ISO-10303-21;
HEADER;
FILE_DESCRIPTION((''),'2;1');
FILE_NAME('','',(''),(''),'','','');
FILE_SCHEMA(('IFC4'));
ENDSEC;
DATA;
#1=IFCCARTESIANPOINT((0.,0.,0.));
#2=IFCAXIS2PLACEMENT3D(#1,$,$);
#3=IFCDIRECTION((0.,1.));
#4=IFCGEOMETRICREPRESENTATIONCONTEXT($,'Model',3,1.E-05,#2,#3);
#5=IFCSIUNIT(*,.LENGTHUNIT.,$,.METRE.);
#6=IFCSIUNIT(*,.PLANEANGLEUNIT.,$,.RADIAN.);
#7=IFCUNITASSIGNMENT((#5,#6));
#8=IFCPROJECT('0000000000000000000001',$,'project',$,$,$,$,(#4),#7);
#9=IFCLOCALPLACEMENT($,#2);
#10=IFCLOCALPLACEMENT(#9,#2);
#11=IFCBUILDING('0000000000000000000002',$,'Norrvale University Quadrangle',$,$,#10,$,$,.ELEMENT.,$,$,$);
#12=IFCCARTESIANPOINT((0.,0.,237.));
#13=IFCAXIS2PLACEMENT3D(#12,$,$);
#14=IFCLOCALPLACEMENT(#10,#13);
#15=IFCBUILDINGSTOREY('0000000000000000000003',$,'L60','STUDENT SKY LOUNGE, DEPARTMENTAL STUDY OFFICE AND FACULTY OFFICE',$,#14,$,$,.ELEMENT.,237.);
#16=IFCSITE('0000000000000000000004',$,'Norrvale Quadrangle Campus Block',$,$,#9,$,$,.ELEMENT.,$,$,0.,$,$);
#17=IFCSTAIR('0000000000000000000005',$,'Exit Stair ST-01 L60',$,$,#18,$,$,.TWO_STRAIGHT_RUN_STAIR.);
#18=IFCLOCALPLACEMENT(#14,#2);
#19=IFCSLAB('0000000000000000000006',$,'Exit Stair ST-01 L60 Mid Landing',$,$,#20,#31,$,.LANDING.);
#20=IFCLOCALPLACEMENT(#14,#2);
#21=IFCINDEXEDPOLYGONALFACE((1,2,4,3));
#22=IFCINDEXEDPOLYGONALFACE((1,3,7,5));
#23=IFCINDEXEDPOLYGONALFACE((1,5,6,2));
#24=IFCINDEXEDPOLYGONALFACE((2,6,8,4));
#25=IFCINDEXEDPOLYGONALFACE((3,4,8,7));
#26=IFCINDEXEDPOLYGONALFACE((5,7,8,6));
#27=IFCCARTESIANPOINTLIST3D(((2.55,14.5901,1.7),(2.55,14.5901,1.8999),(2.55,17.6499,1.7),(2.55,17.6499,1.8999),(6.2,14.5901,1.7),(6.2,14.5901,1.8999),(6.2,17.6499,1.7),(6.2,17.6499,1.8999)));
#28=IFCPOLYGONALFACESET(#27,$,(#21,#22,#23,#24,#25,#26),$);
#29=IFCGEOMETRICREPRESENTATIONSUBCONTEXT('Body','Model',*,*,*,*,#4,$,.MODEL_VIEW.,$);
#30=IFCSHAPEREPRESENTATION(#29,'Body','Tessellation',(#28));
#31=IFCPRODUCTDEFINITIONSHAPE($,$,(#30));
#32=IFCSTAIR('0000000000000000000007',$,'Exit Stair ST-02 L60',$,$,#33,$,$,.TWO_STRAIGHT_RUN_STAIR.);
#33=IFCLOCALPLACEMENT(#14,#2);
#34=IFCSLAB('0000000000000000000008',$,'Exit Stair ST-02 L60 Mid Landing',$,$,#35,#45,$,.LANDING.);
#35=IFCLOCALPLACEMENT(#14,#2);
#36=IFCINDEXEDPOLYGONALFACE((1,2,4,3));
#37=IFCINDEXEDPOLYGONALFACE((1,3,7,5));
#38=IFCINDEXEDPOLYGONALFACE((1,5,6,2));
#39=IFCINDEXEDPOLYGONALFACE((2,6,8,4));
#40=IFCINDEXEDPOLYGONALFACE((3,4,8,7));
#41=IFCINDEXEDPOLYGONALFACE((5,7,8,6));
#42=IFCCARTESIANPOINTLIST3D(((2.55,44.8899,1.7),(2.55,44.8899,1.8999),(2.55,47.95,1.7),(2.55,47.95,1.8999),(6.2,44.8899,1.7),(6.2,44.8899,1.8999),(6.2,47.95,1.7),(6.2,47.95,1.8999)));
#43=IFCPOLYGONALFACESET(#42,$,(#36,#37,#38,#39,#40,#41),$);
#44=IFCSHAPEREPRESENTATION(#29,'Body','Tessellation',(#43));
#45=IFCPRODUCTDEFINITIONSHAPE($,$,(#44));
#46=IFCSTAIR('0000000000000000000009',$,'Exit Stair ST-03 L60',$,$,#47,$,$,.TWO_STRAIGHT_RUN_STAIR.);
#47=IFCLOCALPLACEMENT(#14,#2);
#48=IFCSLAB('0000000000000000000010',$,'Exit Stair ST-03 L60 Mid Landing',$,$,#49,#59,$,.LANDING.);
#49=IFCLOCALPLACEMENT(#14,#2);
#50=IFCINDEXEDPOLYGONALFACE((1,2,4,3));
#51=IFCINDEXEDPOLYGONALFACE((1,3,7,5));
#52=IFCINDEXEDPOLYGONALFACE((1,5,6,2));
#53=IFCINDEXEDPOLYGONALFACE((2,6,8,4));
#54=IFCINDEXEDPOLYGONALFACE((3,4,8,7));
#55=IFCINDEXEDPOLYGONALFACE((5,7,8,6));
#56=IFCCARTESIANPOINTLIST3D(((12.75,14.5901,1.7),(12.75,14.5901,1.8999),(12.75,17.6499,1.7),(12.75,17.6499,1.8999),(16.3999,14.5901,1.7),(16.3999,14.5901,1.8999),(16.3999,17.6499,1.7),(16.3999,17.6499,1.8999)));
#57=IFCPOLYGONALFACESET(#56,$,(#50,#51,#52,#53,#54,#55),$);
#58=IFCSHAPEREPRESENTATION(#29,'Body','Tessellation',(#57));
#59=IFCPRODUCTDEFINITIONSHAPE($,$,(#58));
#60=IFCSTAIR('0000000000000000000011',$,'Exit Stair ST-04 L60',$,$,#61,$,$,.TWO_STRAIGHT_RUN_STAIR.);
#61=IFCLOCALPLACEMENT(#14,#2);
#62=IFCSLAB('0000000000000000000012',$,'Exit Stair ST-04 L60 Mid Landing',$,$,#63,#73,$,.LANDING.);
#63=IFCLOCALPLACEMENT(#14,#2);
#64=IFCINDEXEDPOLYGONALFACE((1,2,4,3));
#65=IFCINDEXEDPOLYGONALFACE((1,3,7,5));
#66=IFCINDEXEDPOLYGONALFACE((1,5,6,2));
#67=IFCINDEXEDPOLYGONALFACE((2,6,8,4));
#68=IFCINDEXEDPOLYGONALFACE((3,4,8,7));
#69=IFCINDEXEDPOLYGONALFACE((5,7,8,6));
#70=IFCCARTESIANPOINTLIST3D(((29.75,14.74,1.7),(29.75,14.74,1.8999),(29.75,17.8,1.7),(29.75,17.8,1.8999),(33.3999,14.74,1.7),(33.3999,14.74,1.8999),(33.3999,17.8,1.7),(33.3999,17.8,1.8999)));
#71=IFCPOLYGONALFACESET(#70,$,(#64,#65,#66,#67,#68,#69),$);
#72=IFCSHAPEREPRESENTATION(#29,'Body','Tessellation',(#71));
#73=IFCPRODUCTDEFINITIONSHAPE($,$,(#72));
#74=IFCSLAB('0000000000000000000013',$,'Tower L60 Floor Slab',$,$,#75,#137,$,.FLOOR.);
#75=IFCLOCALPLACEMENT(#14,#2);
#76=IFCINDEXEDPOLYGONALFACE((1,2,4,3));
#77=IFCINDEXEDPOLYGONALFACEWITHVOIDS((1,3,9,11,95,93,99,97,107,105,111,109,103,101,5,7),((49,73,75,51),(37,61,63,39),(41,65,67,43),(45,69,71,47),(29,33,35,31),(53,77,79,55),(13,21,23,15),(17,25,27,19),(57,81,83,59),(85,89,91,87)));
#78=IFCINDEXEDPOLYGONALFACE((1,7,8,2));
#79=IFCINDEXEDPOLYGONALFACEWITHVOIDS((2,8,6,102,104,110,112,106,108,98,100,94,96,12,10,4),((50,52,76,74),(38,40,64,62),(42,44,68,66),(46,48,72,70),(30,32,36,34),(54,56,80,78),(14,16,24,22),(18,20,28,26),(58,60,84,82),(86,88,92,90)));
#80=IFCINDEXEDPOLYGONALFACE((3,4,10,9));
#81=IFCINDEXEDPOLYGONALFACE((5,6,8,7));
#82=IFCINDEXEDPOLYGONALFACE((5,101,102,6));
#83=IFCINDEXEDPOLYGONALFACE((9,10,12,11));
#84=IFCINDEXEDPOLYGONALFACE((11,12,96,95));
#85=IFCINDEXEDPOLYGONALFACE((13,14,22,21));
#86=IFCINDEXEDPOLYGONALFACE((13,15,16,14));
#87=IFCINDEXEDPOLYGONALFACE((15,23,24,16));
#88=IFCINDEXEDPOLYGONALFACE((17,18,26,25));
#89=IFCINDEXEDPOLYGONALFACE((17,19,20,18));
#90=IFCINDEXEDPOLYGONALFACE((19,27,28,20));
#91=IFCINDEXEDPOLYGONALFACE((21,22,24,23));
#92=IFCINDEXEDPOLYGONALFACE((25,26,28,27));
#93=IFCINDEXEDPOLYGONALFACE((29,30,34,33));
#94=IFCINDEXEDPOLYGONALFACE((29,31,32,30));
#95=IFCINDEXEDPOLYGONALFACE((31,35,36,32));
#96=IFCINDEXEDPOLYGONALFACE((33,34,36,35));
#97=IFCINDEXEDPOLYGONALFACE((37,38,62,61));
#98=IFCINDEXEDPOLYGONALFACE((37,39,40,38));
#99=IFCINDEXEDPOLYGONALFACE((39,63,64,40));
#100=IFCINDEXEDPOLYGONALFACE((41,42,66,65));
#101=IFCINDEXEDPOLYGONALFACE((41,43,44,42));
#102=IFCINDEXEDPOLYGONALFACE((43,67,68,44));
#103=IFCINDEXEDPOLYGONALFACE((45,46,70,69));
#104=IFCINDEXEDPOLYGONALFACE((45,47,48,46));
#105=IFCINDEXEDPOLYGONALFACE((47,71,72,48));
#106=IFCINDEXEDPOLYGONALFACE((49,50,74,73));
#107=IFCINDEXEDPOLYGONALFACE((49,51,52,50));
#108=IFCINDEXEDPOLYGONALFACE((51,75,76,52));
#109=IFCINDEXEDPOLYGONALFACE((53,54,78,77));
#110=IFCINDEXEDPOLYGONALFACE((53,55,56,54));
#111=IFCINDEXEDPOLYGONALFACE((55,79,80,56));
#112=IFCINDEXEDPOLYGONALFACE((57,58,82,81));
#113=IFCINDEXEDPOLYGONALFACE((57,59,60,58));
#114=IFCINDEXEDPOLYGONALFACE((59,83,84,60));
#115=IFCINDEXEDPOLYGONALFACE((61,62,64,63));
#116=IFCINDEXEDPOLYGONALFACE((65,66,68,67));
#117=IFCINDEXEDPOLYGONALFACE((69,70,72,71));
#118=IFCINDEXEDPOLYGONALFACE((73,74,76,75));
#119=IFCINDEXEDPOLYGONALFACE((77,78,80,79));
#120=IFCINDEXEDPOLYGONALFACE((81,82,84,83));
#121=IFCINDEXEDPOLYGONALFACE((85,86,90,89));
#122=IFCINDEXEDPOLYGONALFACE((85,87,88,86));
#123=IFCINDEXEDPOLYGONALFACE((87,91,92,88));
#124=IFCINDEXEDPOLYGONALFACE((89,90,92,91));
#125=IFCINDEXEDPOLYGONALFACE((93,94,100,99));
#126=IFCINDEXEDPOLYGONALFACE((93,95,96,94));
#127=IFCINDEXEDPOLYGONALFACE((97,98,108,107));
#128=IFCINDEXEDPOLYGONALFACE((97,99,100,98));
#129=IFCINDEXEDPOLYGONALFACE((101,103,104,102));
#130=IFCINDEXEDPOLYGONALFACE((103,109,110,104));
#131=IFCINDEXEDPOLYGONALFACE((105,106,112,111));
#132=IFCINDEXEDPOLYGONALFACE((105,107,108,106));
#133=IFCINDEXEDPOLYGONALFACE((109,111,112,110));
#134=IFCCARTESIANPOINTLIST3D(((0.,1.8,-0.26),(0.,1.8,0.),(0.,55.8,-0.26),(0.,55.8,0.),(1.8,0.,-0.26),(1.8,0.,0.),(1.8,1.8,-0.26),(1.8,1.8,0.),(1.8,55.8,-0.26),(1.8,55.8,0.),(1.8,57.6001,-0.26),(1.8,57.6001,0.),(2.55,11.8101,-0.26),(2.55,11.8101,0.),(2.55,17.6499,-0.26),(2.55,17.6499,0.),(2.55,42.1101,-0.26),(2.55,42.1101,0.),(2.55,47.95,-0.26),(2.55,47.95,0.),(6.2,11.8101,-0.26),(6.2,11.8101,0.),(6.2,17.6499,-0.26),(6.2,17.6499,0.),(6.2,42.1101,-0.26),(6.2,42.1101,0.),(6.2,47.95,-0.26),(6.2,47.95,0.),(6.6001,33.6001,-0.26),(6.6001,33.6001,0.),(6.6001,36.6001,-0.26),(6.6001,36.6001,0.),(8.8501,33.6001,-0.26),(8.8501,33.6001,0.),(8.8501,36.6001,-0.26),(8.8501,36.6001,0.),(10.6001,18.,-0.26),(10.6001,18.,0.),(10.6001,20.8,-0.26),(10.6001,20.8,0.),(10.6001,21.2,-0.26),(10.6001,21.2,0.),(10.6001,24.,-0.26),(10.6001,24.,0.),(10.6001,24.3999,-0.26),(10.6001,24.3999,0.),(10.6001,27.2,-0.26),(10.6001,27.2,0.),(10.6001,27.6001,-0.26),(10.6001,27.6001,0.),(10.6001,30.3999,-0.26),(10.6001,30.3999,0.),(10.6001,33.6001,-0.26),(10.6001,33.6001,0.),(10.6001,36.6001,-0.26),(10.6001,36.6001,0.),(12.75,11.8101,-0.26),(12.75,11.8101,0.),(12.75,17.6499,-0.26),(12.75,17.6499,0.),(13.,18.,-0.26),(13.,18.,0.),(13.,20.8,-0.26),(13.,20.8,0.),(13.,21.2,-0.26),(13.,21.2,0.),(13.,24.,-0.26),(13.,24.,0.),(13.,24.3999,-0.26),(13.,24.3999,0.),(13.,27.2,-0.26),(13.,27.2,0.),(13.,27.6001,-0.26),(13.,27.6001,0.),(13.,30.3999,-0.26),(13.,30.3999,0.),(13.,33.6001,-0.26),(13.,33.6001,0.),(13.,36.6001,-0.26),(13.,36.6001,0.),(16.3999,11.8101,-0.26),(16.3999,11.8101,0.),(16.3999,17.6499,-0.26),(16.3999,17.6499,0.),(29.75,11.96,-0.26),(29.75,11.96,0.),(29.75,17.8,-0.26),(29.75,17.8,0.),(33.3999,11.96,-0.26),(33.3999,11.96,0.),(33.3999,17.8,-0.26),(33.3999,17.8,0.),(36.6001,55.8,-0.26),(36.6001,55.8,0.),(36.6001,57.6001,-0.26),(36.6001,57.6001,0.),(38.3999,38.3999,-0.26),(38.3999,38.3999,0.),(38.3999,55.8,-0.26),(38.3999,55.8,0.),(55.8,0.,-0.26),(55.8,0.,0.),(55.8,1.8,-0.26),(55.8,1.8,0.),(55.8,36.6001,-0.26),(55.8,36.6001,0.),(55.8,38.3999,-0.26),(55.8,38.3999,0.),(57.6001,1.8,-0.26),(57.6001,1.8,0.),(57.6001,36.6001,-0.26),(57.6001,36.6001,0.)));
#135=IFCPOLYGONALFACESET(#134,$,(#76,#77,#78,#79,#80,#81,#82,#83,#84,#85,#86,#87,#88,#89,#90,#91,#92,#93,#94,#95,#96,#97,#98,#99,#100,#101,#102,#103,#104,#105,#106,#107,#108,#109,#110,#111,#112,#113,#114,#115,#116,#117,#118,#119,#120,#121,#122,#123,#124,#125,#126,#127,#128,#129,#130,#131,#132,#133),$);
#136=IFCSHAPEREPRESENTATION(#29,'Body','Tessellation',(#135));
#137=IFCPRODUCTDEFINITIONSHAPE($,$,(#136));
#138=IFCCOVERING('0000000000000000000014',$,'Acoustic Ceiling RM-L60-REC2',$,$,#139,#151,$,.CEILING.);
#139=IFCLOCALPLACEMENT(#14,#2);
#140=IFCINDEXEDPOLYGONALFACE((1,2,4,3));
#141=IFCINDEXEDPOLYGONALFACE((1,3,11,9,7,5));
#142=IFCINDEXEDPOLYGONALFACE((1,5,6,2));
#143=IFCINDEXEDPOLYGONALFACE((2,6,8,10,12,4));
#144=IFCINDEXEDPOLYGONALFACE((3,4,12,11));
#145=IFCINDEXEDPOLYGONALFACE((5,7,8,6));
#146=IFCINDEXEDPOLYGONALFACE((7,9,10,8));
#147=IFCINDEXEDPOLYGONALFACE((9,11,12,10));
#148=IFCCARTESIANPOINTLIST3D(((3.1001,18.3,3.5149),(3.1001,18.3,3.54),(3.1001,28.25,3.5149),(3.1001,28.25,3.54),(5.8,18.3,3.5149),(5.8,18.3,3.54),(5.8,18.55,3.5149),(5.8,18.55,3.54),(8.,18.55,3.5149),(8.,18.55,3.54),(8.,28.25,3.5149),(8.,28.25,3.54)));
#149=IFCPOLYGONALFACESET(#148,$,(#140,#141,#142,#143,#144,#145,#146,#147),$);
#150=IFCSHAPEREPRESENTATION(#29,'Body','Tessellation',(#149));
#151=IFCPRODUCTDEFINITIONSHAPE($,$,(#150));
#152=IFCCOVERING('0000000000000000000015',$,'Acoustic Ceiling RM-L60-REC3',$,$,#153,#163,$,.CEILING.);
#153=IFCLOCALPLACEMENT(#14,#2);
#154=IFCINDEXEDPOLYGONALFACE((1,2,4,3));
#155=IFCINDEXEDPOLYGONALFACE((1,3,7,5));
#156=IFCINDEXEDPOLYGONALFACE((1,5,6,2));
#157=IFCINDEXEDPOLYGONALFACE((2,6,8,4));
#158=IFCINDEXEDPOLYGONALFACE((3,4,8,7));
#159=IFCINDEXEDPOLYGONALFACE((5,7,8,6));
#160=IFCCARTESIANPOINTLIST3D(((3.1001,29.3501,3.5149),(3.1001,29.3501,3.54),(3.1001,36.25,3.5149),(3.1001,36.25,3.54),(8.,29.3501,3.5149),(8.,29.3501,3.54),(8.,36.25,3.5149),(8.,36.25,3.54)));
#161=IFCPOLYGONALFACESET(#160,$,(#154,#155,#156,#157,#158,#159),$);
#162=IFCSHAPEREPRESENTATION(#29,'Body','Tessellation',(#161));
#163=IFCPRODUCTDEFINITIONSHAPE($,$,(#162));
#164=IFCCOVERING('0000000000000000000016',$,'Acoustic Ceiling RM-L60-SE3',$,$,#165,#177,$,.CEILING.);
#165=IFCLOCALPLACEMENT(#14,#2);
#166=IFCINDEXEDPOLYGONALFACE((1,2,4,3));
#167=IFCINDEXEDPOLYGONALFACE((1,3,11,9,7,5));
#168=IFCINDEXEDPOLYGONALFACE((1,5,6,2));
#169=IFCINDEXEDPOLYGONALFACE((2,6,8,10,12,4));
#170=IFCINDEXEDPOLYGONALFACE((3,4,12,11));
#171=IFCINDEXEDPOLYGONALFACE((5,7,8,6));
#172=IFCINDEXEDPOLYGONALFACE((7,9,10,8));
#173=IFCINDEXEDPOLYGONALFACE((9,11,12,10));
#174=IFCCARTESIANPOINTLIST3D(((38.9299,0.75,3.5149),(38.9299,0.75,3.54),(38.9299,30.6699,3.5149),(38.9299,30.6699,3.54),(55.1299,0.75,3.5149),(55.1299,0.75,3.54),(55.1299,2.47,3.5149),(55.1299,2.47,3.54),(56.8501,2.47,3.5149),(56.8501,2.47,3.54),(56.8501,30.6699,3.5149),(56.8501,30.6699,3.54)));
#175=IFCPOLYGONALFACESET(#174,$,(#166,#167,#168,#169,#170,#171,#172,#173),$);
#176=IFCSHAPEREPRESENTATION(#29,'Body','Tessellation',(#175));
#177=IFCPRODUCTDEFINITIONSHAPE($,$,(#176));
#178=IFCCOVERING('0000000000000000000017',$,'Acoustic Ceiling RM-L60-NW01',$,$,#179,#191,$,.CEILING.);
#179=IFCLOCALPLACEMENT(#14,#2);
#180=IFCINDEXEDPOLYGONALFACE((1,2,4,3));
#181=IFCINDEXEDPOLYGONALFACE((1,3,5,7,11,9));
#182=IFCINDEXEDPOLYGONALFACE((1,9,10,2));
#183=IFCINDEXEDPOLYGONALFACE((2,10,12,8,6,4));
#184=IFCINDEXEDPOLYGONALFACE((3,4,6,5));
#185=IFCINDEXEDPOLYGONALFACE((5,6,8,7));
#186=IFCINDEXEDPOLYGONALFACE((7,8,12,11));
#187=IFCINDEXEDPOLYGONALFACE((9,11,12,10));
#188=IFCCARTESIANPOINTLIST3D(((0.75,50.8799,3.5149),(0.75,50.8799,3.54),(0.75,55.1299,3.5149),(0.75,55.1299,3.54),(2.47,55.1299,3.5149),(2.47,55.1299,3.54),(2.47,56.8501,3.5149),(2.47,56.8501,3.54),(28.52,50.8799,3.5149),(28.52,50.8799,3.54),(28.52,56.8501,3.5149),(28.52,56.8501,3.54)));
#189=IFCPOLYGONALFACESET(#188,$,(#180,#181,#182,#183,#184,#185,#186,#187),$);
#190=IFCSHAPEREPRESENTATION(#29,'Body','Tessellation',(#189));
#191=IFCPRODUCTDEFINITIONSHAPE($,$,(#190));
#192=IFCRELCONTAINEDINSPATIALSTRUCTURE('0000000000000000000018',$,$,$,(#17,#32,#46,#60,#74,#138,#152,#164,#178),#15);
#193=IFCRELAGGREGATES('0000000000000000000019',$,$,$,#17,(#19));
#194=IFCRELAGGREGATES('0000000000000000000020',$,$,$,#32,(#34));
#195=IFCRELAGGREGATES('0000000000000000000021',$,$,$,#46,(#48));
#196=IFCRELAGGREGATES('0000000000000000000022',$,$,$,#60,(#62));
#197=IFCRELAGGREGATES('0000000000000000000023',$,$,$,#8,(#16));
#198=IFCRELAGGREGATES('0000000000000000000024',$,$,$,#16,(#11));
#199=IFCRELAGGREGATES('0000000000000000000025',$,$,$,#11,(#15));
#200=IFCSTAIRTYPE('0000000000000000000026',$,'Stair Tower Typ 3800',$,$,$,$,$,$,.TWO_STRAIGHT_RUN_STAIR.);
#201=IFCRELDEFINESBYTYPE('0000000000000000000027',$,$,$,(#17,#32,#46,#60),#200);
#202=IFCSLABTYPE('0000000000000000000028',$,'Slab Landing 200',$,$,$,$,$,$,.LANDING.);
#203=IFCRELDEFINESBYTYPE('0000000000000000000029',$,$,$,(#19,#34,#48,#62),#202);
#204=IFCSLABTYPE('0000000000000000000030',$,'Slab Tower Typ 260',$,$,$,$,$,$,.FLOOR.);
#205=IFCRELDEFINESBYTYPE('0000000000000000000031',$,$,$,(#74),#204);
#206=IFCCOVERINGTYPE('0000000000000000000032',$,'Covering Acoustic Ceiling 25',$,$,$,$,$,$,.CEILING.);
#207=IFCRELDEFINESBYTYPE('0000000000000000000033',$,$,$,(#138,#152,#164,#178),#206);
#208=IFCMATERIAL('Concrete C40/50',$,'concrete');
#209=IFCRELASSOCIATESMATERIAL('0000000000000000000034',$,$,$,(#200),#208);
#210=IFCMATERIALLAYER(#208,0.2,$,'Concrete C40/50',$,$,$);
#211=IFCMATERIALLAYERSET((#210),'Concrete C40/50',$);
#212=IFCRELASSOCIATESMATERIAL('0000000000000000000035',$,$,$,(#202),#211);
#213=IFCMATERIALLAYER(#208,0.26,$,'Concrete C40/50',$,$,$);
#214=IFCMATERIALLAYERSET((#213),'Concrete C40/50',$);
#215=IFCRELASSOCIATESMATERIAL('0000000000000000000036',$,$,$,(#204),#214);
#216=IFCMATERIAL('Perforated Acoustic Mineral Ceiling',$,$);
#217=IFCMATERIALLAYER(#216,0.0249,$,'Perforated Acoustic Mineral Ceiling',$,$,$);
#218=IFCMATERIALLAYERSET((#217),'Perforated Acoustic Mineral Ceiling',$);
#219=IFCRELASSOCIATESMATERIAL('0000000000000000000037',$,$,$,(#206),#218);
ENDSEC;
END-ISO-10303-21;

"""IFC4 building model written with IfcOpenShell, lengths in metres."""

from ifc_helpers import new_model, si_unit, direction, frame, origin, place, context, subcontext, project, spatial, polyline, outline, extrude, material, layer, layer_set, type_object, element, aggregate, save


model = new_model("IFC4")

# Units and contexts
model_context = context("Model", 3, precision=1e-05, world=origin(), true_north=direction((0.0, 1.0)))
body_context = subcontext(model_context, "Body", "Model", "MODEL_VIEW")
ifc_project = project(units=[si_unit("LENGTHUNIT", "METRE"), si_unit("PLANEANGLEUNIT", "RADIAN")], contexts=[model_context])

# Site, building, storey
site_placement = place(None, origin())
site = spatial("IfcSite", under=ifc_project, at=site_placement, Name="Norrvale Quadrangle Campus Block", CompositionType="ELEMENT", RefElevation=0.0)
building_placement = place(site_placement, origin())
building = spatial("IfcBuilding", under=site, at=building_placement, Name="Norrvale University Quadrangle", CompositionType="ELEMENT")
storey_placement = place(building_placement, frame((0.0, 0.0, 237.0)))
storey = spatial("IfcBuildingStorey", under=building, at=storey_placement, Name="L60", Description="STUDENT SKY LOUNGE, DEPARTMENTAL STUDY OFFICE AND FACULTY OFFICE", CompositionType="ELEMENT", Elevation=237.0)

# Stairs, slabs
ifc_material_1 = material(Name="Concrete C40/50", Category="concrete")
stair_type = type_object("IfcStairType", Name="Stair Tower Typ 3800", PredefinedType="TWO_STRAIGHT_RUN_STAIR", material=ifc_material_1)
stair_1_placement = place(storey_placement, origin())
stair_1 = element("IfcStair", 1, at=stair_1_placement, inside=storey, type_object=stair_type, Name="Exit Stair ST-01 L60", PredefinedType="TWO_STRAIGHT_RUN_STAIR")
ifc_layer_1 = layer(ifc_material_1, 0.2, Name="Concrete C40/50")
ifc_layer_set_1 = layer_set([ifc_layer_1], Name="Concrete C40/50")
slab_type_1 = type_object("IfcSlabType", Name="Slab Landing 200", PredefinedType="LANDING", material=ifc_layer_set_1)
slab_1_placement = place(storey_placement, frame((0.0, 0.0, 1.7)))
slab_1 = element("IfcSlab", 2, at=slab_1_placement, type_object=slab_type_1, Name="Exit Stair ST-01 L60 Mid Landing", PredefinedType="LANDING", context=body_context, shape_type="SweptSolid", body=[
    extrude(outline(polyline([(2.55, 14.5901), (6.2, 14.5901), (6.2, 17.6499), (2.55, 17.6499), (2.55, 14.5901)])), origin(), (0.0, 0.0, 1.0), 0.2),
])
aggregate(stair_1, [slab_1])
stair_2_placement = place(storey_placement, origin())
stair_2 = element("IfcStair", 3, at=stair_2_placement, inside=storey, type_object=stair_type, Name="Exit Stair ST-02 L60", PredefinedType="TWO_STRAIGHT_RUN_STAIR")
slab_2_placement = place(storey_placement, frame((0.0, 0.0, 1.7)))
slab_2 = element("IfcSlab", 4, at=slab_2_placement, type_object=slab_type_1, Name="Exit Stair ST-02 L60 Mid Landing", PredefinedType="LANDING", context=body_context, shape_type="SweptSolid", body=[
    extrude(outline(polyline([(2.55, 44.8899), (6.2, 44.8899), (6.2, 47.95), (2.55, 47.95), (2.55, 44.8899)])), origin(), (0.0, 0.0, 1.0), 0.2),
])
aggregate(stair_2, [slab_2])
stair_3_placement = place(storey_placement, origin())
stair_3 = element("IfcStair", 5, at=stair_3_placement, inside=storey, type_object=stair_type, Name="Exit Stair ST-03 L60", PredefinedType="TWO_STRAIGHT_RUN_STAIR")
slab_3_placement = place(storey_placement, frame((0.0, 0.0, 1.7)))
slab_3 = element("IfcSlab", 6, at=slab_3_placement, type_object=slab_type_1, Name="Exit Stair ST-03 L60 Mid Landing", PredefinedType="LANDING", context=body_context, shape_type="SweptSolid", body=[
    extrude(outline(polyline([(12.75, 14.5901), (16.3999, 14.5901), (16.3999, 17.6499), (12.75, 17.6499), (12.75, 14.5901)])), origin(), (0.0, 0.0, 1.0), 0.2),
])
aggregate(stair_3, [slab_3])
stair_4_placement = place(storey_placement, origin())
stair_4 = element("IfcStair", 7, at=stair_4_placement, inside=storey, type_object=stair_type, Name="Exit Stair ST-04 L60", PredefinedType="TWO_STRAIGHT_RUN_STAIR")
slab_4_placement = place(storey_placement, frame((0.0, 0.0, 1.7)))
slab_4 = element("IfcSlab", 8, at=slab_4_placement, type_object=slab_type_1, Name="Exit Stair ST-04 L60 Mid Landing", PredefinedType="LANDING", context=body_context, shape_type="SweptSolid", body=[
    extrude(outline(polyline([(29.75, 14.74), (33.3999, 14.74), (33.3999, 17.8), (29.75, 17.8), (29.75, 14.74)])), origin(), (0.0, 0.0, 1.0), 0.2),
])
aggregate(stair_4, [slab_4])

# Slab
ifc_layer_2 = layer(ifc_material_1, 0.26, Name="Concrete C40/50")
ifc_layer_set_2 = layer_set([ifc_layer_2], Name="Concrete C40/50")
slab_type_2 = type_object("IfcSlabType", Name="Slab Tower Typ 260", PredefinedType="FLOOR", material=ifc_layer_set_2)
slab_5_placement = place(storey_placement, frame((0.0, 0.0, -0.26)))
element("IfcSlab", 9, at=slab_5_placement, inside=storey, type_object=slab_type_2, Name="Tower L60 Floor Slab", PredefinedType="FLOOR", context=body_context, shape_type="SweptSolid", body=[
    extrude(outline(polyline([(1.8, 0.0), (55.8, 0.0), (55.8, 1.8), (57.6001, 1.8), (57.6001, 36.6001), (55.8, 36.6001), (55.8, 38.3999), (38.3999, 38.3999), (38.3999, 55.8), (36.6001, 55.8), (36.6001, 57.6001), (1.8, 57.6001), (1.8, 55.8), (0.0, 55.8), (0.0, 1.8), (1.8, 1.8), (1.8, 0.0)]), holes=[polyline([(2.55, 11.8101), (6.2, 11.8101), (6.2, 17.6499), (2.55, 17.6499), (2.55, 11.8101)]), polyline([(2.55, 42.1101), (6.2, 42.1101), (6.2, 47.95), (2.55, 47.95), (2.55, 42.1101)]), polyline([(12.75, 11.8101), (16.3999, 11.8101), (16.3999, 17.6499), (12.75, 17.6499), (12.75, 11.8101)]), polyline([(29.75, 11.96), (33.3999, 11.96), (33.3999, 17.8), (29.75, 17.8), (29.75, 11.96)]), polyline([(10.6001, 18.0), (13.0, 18.0), (13.0, 20.8), (10.6001, 20.8), (10.6001, 18.0)]), polyline([(10.6001, 21.2), (13.0, 21.2), (13.0, 24.0), (10.6001, 24.0), (10.6001, 21.2)]), polyline([(10.6001, 24.3999), (13.0, 24.3999), (13.0, 27.2), (10.6001, 27.2), (10.6001, 24.3999)]), polyline([(10.6001, 27.6001), (13.0, 27.6001), (13.0, 30.3999), (10.6001, 30.3999), (10.6001, 27.6001)]), polyline([(6.6001, 33.6001), (8.8501, 33.6001), (8.8501, 36.6001), (6.6001, 36.6001), (6.6001, 33.6001)]), polyline([(10.6001, 33.6001), (13.0, 33.6001), (13.0, 36.6001), (10.6001, 36.6001), (10.6001, 33.6001)])]), origin(), (0.0, 0.0, 1.0), 0.26),
])

# Coverings
ifc_material_2 = material(Name="Perforated Acoustic Mineral Ceiling")
ifc_layer_3 = layer(ifc_material_2, 0.0249, Name="Perforated Acoustic Mineral Ceiling")
ifc_layer_set_3 = layer_set([ifc_layer_3], Name="Perforated Acoustic Mineral Ceiling")
covering_type_1 = type_object("IfcCoveringType", Name="Covering Acoustic Ceiling 25", PredefinedType="CEILING", material=ifc_layer_set_3)
covering_1_placement = place(storey_placement, frame((0.0, 0.0, 3.5149)))
element("IfcCovering", 10, at=covering_1_placement, inside=storey, type_object=covering_type_1, Name="Acoustic Ceiling RM-L60-REC2", PredefinedType="CEILING", context=body_context, shape_type="SweptSolid", body=[
    extrude(outline(polyline([(3.1001, 18.3), (3.1001, 28.25), (8.0, 28.25), (8.0, 18.55), (5.8, 18.55), (5.8, 18.3), (3.1001, 18.3)])), origin(), (0.0, 0.0, 1.0), 0.0251),
])
covering_2_placement = place(storey_placement, frame((0.0, 0.0, 3.5149)))
element("IfcCovering", 11, at=covering_2_placement, inside=storey, type_object=covering_type_1, Name="Acoustic Ceiling RM-L60-REC3", PredefinedType="CEILING", context=body_context, shape_type="SweptSolid", body=[
    extrude(outline(polyline([(3.1001, 29.3501), (3.1001, 36.25), (8.0, 36.25), (8.0, 29.3501), (3.1001, 29.3501)])), origin(), (0.0, 0.0, 1.0), 0.0251),
])
covering_3_placement = place(storey_placement, frame((0.0, 0.0, 3.5149)))
element("IfcCovering", 12, at=covering_3_placement, inside=storey, type_object=covering_type_1, Name="Acoustic Ceiling RM-L60-SE3", PredefinedType="CEILING", context=body_context, shape_type="SweptSolid", body=[
    extrude(outline(polyline([(38.9299, 0.75), (38.9299, 30.6699), (56.8501, 30.6699), (56.8501, 2.47), (55.1299, 2.47), (55.1299, 0.75), (38.9299, 0.75)])), origin(), (0.0, 0.0, 1.0), 0.0251),
])
covering_4_placement = place(storey_placement, frame((0.0, 0.0, 3.5149)))
element("IfcCovering", 13, at=covering_4_placement, inside=storey, type_object=covering_type_1, Name="Acoustic Ceiling RM-L60-NW01", PredefinedType="CEILING", context=body_context, shape_type="SweptSolid", body=[
    extrude(outline(polyline([(28.52, 56.8501), (28.52, 50.8799), (0.75, 50.8799), (0.75, 55.1299), (2.47, 55.1299), (2.47, 56.8501), (28.52, 56.8501)])), origin(), (0.0, 0.0, 1.0), 0.0251),
])

save(model, "model.ifc")
